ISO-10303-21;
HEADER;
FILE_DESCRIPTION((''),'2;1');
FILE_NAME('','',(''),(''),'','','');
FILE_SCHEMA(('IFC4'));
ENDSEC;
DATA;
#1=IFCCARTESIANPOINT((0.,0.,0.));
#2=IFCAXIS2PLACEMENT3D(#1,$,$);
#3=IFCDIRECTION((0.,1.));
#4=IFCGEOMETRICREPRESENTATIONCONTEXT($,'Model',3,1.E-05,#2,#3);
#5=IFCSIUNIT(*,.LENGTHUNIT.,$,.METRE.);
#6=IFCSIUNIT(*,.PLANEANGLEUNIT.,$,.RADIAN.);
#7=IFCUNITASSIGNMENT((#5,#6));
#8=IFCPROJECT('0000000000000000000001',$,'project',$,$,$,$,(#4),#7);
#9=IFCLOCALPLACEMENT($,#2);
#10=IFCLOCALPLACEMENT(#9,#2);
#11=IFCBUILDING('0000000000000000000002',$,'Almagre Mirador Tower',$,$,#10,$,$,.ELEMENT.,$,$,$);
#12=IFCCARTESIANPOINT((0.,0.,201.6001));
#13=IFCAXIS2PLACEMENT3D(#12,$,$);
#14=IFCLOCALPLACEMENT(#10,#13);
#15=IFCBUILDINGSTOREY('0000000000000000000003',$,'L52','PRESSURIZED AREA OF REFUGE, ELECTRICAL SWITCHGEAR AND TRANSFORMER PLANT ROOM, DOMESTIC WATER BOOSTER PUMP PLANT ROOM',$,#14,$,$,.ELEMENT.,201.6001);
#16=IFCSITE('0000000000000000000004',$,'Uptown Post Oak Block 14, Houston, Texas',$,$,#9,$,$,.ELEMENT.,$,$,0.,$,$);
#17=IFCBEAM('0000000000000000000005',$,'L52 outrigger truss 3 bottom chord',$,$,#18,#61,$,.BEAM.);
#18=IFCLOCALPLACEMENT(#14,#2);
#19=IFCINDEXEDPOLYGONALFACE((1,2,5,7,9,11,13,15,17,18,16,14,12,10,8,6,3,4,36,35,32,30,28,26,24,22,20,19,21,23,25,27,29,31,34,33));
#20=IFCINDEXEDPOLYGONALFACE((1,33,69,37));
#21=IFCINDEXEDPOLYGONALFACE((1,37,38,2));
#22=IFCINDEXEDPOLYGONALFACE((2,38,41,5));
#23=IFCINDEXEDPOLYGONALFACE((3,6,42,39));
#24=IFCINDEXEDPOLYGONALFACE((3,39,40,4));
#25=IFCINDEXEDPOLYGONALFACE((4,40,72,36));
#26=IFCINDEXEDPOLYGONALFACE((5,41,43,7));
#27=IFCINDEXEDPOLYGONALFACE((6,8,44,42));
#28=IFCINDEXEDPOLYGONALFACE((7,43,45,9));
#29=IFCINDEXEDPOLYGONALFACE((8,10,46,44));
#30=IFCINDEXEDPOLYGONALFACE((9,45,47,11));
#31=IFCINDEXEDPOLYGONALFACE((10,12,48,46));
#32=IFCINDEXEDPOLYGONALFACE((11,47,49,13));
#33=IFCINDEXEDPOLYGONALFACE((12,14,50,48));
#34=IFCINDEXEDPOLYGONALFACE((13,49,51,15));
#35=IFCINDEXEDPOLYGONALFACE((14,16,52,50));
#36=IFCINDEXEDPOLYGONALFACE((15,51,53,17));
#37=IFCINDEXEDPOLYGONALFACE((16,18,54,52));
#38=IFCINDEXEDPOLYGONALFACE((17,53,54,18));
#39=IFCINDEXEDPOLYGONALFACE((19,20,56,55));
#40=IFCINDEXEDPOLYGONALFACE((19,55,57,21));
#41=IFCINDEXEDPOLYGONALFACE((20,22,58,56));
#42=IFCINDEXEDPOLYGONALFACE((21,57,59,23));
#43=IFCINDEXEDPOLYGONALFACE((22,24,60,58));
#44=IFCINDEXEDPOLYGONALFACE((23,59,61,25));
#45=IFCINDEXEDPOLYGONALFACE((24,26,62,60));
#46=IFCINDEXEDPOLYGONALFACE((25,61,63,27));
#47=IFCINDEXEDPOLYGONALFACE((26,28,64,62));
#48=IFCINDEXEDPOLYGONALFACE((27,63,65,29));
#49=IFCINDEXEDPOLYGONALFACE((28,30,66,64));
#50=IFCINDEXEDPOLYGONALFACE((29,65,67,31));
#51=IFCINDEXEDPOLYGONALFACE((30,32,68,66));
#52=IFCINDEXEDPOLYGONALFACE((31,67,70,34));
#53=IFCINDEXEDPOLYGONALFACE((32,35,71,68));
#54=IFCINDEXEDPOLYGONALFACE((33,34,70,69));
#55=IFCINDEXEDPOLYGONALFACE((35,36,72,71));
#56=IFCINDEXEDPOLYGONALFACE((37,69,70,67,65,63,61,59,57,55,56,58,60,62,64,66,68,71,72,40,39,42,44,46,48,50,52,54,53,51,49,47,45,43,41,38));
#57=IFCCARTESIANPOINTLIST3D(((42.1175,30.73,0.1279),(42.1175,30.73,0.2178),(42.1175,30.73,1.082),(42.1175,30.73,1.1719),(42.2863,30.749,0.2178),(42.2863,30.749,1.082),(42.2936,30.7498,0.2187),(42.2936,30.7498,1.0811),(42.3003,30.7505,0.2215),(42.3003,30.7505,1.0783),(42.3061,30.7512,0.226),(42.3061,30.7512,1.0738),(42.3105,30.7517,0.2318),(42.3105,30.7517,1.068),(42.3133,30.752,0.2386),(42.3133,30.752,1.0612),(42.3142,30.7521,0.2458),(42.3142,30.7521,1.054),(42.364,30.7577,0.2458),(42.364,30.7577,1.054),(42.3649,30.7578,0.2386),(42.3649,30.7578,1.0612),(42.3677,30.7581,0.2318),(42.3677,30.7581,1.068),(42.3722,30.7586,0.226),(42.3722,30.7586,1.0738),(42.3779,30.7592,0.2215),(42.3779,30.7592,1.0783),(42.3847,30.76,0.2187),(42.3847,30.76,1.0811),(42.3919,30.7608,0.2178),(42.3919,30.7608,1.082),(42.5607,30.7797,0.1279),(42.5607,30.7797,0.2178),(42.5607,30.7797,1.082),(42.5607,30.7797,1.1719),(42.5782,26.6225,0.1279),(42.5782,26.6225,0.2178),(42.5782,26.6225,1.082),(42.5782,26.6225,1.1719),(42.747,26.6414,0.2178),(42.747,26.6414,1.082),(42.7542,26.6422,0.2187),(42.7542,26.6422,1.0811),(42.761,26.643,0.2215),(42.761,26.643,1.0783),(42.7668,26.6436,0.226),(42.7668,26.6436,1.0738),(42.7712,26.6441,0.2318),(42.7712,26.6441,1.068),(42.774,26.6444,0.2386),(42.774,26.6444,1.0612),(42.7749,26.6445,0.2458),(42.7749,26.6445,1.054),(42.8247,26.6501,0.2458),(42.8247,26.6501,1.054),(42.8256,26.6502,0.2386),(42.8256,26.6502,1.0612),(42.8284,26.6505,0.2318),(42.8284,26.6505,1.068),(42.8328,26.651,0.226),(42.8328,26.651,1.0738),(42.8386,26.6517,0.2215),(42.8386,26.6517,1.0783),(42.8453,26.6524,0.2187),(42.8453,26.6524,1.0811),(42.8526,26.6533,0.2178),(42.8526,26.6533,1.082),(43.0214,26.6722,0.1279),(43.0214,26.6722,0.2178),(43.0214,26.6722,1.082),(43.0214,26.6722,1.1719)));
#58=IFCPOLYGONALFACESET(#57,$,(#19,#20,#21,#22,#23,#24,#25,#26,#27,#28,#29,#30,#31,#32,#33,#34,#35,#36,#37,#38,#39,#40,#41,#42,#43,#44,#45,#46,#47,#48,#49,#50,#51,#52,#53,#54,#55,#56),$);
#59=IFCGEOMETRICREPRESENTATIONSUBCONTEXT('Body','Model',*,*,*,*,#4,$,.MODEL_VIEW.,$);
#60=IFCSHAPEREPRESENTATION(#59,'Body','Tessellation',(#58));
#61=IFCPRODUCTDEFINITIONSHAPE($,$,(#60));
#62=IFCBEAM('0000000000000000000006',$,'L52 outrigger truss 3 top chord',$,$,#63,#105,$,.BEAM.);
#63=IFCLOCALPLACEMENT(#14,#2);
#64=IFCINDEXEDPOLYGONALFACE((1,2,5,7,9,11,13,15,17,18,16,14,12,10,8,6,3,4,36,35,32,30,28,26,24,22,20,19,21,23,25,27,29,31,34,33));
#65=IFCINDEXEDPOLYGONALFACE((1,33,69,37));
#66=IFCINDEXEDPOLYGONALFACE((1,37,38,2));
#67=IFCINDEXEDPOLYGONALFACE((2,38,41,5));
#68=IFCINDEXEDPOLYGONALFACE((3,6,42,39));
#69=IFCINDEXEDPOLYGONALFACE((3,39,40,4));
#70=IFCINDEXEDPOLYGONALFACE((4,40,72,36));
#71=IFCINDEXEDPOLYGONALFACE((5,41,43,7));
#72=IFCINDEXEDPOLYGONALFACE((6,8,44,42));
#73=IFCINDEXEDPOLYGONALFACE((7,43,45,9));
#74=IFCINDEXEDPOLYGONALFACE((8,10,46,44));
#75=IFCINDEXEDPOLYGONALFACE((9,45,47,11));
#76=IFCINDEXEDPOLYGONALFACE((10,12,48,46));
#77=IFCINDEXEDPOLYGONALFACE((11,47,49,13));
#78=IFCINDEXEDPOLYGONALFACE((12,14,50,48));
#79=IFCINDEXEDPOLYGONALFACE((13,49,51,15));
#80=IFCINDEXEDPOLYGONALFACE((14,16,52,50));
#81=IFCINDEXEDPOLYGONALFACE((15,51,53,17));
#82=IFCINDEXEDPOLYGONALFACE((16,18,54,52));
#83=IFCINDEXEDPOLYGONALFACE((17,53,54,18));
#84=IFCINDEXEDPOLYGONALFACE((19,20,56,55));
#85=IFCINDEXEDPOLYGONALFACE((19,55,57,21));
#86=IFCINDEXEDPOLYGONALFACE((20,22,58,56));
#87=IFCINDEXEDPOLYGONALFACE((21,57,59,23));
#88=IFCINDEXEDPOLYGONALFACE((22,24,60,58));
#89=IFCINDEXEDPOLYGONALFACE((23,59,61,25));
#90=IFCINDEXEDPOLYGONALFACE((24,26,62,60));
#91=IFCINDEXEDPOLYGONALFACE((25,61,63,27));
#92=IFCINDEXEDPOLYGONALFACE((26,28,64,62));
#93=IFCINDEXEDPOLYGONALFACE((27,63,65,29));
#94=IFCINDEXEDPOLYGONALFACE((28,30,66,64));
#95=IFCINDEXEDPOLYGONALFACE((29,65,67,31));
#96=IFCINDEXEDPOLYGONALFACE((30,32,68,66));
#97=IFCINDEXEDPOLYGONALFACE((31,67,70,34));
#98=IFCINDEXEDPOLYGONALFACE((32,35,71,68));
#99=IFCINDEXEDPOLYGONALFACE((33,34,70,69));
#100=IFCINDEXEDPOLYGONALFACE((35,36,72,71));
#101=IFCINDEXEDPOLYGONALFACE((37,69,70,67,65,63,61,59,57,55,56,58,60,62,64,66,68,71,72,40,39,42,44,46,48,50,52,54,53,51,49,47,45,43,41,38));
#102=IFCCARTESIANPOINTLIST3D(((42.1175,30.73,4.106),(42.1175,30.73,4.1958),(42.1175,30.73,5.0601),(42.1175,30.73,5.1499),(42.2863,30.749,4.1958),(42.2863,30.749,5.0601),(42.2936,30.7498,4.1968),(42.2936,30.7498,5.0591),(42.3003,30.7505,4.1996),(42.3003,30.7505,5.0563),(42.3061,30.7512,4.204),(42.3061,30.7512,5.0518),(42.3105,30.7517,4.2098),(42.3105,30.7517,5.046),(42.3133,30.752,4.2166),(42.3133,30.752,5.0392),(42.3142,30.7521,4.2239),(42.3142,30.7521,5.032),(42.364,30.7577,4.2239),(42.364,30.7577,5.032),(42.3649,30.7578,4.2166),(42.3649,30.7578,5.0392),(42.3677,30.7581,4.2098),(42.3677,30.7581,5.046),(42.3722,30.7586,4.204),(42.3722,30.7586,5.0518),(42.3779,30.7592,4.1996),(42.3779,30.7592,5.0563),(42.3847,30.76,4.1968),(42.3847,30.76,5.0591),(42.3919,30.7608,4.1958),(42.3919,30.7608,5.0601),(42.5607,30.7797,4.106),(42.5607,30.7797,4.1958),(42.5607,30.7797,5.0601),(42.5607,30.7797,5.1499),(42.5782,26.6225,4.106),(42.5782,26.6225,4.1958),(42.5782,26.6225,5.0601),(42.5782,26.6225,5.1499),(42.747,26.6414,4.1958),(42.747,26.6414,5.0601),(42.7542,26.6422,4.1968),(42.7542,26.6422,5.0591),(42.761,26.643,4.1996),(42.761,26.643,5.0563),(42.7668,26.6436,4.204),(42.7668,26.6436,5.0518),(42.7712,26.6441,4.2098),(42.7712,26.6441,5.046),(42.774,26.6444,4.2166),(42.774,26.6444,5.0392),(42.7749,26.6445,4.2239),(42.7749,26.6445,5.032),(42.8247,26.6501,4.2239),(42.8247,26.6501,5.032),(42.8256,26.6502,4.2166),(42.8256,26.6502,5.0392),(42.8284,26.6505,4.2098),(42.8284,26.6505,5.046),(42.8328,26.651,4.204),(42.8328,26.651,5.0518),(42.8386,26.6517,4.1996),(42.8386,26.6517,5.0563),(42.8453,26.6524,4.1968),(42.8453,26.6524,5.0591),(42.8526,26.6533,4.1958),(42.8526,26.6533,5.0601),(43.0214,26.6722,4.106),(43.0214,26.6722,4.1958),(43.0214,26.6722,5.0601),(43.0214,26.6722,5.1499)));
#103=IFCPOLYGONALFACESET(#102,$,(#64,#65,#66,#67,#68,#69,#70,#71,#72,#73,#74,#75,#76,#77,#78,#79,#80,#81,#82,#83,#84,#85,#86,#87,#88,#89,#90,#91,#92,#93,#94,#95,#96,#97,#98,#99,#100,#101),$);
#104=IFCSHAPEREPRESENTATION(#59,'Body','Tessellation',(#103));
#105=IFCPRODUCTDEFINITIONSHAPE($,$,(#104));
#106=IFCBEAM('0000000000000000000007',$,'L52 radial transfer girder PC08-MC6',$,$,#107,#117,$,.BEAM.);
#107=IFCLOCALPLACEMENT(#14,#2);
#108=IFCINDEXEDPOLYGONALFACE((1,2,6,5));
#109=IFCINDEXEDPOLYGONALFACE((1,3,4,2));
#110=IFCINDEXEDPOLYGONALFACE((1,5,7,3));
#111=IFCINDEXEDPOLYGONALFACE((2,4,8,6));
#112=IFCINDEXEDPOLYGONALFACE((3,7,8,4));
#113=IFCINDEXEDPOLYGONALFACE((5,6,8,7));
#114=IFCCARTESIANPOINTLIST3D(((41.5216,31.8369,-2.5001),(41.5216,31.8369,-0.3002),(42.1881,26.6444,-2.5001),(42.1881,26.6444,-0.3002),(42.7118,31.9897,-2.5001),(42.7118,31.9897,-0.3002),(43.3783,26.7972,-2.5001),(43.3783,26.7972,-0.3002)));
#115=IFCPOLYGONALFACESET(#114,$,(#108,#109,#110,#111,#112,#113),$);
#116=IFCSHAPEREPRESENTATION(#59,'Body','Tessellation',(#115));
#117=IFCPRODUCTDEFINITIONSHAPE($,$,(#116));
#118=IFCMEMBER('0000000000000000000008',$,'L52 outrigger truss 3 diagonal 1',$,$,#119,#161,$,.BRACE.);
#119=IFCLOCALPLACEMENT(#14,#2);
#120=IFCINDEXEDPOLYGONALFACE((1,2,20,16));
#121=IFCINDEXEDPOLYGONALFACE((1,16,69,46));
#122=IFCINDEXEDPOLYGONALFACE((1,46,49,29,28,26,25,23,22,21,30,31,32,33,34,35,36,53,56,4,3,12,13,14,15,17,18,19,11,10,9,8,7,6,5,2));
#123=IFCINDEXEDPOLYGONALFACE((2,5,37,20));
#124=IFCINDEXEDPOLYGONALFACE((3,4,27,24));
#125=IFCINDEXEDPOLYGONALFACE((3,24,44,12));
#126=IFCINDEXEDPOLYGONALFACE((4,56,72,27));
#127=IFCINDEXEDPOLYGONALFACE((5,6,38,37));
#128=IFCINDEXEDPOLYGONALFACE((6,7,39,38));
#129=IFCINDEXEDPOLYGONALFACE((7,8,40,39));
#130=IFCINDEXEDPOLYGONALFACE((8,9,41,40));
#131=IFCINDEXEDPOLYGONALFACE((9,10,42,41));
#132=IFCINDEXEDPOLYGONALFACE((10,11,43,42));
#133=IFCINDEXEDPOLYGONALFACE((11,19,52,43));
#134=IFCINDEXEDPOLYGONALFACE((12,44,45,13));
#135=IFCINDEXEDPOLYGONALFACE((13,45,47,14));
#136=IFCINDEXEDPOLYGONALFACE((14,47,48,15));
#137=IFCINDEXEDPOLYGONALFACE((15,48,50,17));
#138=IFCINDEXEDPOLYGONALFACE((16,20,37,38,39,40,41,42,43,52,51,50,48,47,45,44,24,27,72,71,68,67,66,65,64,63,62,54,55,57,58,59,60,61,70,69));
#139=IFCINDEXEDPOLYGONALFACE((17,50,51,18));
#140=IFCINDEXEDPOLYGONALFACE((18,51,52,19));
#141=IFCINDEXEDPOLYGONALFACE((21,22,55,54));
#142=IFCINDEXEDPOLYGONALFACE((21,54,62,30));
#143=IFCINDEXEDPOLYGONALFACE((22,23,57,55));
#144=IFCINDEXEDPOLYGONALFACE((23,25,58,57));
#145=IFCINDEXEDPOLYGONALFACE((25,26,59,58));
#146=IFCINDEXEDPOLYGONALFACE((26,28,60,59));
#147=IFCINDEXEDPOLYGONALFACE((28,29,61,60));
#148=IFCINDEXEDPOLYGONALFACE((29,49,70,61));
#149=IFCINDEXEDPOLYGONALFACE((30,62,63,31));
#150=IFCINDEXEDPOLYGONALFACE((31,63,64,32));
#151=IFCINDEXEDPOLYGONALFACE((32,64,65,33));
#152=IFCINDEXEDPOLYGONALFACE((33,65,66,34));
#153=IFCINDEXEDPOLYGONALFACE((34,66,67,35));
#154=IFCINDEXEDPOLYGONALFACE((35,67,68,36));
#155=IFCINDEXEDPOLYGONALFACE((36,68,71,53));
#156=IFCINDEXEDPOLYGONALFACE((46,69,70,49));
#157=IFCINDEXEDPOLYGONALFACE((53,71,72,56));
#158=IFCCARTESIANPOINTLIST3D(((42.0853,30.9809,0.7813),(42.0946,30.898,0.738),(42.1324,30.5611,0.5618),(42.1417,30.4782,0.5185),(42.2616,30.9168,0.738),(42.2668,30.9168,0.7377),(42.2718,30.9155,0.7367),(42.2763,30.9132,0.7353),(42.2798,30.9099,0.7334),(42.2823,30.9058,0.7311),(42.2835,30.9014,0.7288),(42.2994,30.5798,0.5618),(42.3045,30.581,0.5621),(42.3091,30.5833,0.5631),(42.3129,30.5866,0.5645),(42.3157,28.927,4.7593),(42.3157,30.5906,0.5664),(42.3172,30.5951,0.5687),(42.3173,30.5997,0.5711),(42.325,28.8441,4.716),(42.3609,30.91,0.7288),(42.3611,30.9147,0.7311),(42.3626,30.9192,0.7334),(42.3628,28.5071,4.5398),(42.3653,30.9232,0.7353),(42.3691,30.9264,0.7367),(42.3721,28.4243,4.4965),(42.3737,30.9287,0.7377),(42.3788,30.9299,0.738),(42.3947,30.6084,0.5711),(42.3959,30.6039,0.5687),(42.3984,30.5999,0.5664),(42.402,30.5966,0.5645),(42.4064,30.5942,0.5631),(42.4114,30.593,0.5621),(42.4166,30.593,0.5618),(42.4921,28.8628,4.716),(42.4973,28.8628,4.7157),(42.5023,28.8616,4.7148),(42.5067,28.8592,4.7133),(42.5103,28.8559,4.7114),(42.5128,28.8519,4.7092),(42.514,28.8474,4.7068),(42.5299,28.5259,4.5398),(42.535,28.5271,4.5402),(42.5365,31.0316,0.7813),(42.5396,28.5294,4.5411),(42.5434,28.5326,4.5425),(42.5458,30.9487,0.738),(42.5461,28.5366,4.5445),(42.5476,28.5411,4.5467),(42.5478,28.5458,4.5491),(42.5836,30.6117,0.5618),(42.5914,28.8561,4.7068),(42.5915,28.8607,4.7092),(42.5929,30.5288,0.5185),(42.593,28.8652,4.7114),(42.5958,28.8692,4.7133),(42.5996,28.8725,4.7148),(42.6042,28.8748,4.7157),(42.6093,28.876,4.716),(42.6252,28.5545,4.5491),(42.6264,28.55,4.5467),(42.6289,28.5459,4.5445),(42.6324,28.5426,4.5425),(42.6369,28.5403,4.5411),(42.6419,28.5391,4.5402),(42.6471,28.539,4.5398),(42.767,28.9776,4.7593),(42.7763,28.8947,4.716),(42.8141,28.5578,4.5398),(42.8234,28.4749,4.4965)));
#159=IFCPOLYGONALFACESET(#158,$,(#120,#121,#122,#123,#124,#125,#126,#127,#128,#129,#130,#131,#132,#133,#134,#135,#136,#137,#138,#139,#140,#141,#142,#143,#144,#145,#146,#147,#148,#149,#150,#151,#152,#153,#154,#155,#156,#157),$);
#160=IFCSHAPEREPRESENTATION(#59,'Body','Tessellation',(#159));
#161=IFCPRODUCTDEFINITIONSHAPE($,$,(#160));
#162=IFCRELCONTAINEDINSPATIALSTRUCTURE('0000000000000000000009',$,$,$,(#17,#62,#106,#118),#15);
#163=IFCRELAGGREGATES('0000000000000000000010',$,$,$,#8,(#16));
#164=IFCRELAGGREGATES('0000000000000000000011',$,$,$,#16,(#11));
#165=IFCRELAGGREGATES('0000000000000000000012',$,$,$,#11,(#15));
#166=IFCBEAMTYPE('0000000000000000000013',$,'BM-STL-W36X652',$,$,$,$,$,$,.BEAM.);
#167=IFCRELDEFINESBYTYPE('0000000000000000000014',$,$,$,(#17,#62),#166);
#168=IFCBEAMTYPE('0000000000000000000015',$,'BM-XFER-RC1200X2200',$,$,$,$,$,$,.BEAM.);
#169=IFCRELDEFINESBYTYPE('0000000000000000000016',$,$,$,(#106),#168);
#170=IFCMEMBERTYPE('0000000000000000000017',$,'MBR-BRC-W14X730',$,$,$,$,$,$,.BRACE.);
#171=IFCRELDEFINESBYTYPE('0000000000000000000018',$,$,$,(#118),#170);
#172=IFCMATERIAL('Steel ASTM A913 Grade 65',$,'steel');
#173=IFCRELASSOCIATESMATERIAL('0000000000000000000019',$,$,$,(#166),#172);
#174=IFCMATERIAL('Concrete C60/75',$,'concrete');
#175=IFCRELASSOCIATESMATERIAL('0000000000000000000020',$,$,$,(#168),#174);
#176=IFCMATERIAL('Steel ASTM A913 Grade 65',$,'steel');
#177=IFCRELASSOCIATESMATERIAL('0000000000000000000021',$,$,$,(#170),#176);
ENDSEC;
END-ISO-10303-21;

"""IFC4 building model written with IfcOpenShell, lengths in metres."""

from ifc_helpers import new_model, si_unit, direction, frame, origin, origin_2d, place, context, subcontext, project, spatial, rectangle, i_section, extrude, material, material_profile, profile_set, type_object, element, save


model = new_model("IFC4")

# Units and contexts
model_context = context("Model", 3, precision=1e-05, world=origin(), true_north=direction((0.0, 1.0)))
body_context = subcontext(model_context, "Body", "Model", "MODEL_VIEW")
ifc_project = project(units=[si_unit("LENGTHUNIT", "METRE"), si_unit("PLANEANGLEUNIT", "RADIAN")], contexts=[model_context])

# Site, building, storey
site_placement = place(None, origin())
site = spatial("IfcSite", under=ifc_project, at=site_placement, Name="Uptown Post Oak Block 14, Houston, Texas", CompositionType="ELEMENT", RefElevation=0.0)
building_placement = place(site_placement, origin())
building = spatial("IfcBuilding", under=site, at=building_placement, Name="Almagre Mirador Tower", CompositionType="ELEMENT")
storey_placement = place(building_placement, frame((0.0, 0.0, 201.6001)))
storey = spatial("IfcBuildingStorey", under=building, at=storey_placement, Name="L52", Description="PRESSURIZED AREA OF REFUGE, ELECTRICAL SWITCHGEAR AND TRANSFORMER PLANT ROOM, DOMESTIC WATER BOOSTER PUMP PLANT ROOM", CompositionType="ELEMENT", Elevation=201.6001)

# Beams
ifc_material_1 = material(Name="Steel ASTM A913 Grade 65", Category="steel")
ifc_material_profile_1 = material_profile(ifc_material_1, i_section(OverallWidth=0.446, OverallDepth=1.0439, WebThickness=0.05, FlangeThickness=0.0898, FilletRadius=0.0281, at=origin_2d()), Name="W36X652")
ifc_profile_set_1 = profile_set([ifc_material_profile_1], Name="Steel ASTM A913 Grade 65")
beam_type_1 = type_object("IfcBeamType", Name="BM-STL-W36X652", PredefinedType="BEAM", material=ifc_profile_set_1)
for number, where, z_axis, x_axis, name in (
    (1, (42.3391, 30.7549, 0.6499), (0.111456, -0.993769, 0.0), (0.993769, 0.111456, 0.0), "L52 outrigger truss 3 bottom chord"),
    (2, (42.3391, 30.7549, 4.6279), (0.111456, -0.993769, 0.0), (0.993769, 0.111456, 0.0), "L52 outrigger truss 3 top chord"),
):
    element("IfcBeam", number, at=place(storey_placement, frame(where, z_axis=z_axis, x_axis=x_axis)), inside=storey, type_object=beam_type_1, Name=name, PredefinedType="BEAM", context=body_context, shape_type="SweptSolid", body=[
        extrude(i_section(OverallWidth=0.446, OverallDepth=1.0439, WebThickness=0.05, FlangeThickness=0.0898, FilletRadius=0.0281, at=origin_2d()), origin(), (0.0, 0.0, 1.0), 4.1333),
    ])
ifc_material_2 = material(Name="Concrete C60/75", Category="concrete")
ifc_material_profile_2 = material_profile(ifc_material_2, rectangle(XDim=1.2, YDim=2.2, at=origin_2d()), Name="RC1200X2200")
ifc_profile_set_2 = profile_set([ifc_material_profile_2], Name="Concrete C60/75")
beam_type_2 = type_object("IfcBeamType", Name="BM-XFER-RC1200X2200", PredefinedType="BEAM", material=ifc_profile_set_2)
beam_1_placement = place(storey_placement, frame((42.1167, 31.9133, -1.4001), z_axis=(0.127311, -0.991863, 0.0), x_axis=(0.991863, 0.127311, 0.0)))
element("IfcBeam", 3, at=beam_1_placement, inside=storey, type_object=beam_type_2, Name="L52 radial transfer girder PC08-MC6", PredefinedType="BEAM", context=body_context, shape_type="SweptSolid", body=[
    extrude(rectangle(XDim=1.2, YDim=2.2, at=origin_2d()), origin(), (0.0, 0.0, 1.0), 5.2351),
])

# Member
ifc_material_3 = material(Name="Steel ASTM A913 Grade 65", Category="steel")
ifc_material_profile_3 = material_profile(ifc_material_3, i_section(OverallWidth=0.4541, OverallDepth=0.5701, WebThickness=0.0779, FlangeThickness=0.094, FilletRadius=0.02, at=origin_2d()), Name="W14X730")
ifc_profile_set_3 = profile_set([ifc_material_profile_3], Name="Steel ASTM A913 Grade 65")
member_type_1 = type_object("IfcMemberType", Name="MBR-BRC-W14X730", PredefinedType="BRACE", material=ifc_profile_set_3)
for number, where, z_axis, x_axis, name in (
    (4, (42.3391, 30.7549, 0.6499), (0.05141, -0.458174, 0.887375), (0.993764, 0.111508, 0.0), "L52 outrigger truss 3 diagonal 1"),
):
    element("IfcMember", number, at=place(storey_placement, frame(where, z_axis=z_axis, x_axis=x_axis)), inside=storey, type_object=member_type_1, Name=name, PredefinedType="BRACE", context=body_context, shape_type="SweptSolid", body=[
        extrude(i_section(OverallWidth=0.4541, OverallDepth=0.5701, WebThickness=0.0779, FlangeThickness=0.094, FilletRadius=0.02, at=origin_2d()), origin(), (0.0, 0.0, 1.0), 4.4829),
    ])

save(model, "model.ifc")
